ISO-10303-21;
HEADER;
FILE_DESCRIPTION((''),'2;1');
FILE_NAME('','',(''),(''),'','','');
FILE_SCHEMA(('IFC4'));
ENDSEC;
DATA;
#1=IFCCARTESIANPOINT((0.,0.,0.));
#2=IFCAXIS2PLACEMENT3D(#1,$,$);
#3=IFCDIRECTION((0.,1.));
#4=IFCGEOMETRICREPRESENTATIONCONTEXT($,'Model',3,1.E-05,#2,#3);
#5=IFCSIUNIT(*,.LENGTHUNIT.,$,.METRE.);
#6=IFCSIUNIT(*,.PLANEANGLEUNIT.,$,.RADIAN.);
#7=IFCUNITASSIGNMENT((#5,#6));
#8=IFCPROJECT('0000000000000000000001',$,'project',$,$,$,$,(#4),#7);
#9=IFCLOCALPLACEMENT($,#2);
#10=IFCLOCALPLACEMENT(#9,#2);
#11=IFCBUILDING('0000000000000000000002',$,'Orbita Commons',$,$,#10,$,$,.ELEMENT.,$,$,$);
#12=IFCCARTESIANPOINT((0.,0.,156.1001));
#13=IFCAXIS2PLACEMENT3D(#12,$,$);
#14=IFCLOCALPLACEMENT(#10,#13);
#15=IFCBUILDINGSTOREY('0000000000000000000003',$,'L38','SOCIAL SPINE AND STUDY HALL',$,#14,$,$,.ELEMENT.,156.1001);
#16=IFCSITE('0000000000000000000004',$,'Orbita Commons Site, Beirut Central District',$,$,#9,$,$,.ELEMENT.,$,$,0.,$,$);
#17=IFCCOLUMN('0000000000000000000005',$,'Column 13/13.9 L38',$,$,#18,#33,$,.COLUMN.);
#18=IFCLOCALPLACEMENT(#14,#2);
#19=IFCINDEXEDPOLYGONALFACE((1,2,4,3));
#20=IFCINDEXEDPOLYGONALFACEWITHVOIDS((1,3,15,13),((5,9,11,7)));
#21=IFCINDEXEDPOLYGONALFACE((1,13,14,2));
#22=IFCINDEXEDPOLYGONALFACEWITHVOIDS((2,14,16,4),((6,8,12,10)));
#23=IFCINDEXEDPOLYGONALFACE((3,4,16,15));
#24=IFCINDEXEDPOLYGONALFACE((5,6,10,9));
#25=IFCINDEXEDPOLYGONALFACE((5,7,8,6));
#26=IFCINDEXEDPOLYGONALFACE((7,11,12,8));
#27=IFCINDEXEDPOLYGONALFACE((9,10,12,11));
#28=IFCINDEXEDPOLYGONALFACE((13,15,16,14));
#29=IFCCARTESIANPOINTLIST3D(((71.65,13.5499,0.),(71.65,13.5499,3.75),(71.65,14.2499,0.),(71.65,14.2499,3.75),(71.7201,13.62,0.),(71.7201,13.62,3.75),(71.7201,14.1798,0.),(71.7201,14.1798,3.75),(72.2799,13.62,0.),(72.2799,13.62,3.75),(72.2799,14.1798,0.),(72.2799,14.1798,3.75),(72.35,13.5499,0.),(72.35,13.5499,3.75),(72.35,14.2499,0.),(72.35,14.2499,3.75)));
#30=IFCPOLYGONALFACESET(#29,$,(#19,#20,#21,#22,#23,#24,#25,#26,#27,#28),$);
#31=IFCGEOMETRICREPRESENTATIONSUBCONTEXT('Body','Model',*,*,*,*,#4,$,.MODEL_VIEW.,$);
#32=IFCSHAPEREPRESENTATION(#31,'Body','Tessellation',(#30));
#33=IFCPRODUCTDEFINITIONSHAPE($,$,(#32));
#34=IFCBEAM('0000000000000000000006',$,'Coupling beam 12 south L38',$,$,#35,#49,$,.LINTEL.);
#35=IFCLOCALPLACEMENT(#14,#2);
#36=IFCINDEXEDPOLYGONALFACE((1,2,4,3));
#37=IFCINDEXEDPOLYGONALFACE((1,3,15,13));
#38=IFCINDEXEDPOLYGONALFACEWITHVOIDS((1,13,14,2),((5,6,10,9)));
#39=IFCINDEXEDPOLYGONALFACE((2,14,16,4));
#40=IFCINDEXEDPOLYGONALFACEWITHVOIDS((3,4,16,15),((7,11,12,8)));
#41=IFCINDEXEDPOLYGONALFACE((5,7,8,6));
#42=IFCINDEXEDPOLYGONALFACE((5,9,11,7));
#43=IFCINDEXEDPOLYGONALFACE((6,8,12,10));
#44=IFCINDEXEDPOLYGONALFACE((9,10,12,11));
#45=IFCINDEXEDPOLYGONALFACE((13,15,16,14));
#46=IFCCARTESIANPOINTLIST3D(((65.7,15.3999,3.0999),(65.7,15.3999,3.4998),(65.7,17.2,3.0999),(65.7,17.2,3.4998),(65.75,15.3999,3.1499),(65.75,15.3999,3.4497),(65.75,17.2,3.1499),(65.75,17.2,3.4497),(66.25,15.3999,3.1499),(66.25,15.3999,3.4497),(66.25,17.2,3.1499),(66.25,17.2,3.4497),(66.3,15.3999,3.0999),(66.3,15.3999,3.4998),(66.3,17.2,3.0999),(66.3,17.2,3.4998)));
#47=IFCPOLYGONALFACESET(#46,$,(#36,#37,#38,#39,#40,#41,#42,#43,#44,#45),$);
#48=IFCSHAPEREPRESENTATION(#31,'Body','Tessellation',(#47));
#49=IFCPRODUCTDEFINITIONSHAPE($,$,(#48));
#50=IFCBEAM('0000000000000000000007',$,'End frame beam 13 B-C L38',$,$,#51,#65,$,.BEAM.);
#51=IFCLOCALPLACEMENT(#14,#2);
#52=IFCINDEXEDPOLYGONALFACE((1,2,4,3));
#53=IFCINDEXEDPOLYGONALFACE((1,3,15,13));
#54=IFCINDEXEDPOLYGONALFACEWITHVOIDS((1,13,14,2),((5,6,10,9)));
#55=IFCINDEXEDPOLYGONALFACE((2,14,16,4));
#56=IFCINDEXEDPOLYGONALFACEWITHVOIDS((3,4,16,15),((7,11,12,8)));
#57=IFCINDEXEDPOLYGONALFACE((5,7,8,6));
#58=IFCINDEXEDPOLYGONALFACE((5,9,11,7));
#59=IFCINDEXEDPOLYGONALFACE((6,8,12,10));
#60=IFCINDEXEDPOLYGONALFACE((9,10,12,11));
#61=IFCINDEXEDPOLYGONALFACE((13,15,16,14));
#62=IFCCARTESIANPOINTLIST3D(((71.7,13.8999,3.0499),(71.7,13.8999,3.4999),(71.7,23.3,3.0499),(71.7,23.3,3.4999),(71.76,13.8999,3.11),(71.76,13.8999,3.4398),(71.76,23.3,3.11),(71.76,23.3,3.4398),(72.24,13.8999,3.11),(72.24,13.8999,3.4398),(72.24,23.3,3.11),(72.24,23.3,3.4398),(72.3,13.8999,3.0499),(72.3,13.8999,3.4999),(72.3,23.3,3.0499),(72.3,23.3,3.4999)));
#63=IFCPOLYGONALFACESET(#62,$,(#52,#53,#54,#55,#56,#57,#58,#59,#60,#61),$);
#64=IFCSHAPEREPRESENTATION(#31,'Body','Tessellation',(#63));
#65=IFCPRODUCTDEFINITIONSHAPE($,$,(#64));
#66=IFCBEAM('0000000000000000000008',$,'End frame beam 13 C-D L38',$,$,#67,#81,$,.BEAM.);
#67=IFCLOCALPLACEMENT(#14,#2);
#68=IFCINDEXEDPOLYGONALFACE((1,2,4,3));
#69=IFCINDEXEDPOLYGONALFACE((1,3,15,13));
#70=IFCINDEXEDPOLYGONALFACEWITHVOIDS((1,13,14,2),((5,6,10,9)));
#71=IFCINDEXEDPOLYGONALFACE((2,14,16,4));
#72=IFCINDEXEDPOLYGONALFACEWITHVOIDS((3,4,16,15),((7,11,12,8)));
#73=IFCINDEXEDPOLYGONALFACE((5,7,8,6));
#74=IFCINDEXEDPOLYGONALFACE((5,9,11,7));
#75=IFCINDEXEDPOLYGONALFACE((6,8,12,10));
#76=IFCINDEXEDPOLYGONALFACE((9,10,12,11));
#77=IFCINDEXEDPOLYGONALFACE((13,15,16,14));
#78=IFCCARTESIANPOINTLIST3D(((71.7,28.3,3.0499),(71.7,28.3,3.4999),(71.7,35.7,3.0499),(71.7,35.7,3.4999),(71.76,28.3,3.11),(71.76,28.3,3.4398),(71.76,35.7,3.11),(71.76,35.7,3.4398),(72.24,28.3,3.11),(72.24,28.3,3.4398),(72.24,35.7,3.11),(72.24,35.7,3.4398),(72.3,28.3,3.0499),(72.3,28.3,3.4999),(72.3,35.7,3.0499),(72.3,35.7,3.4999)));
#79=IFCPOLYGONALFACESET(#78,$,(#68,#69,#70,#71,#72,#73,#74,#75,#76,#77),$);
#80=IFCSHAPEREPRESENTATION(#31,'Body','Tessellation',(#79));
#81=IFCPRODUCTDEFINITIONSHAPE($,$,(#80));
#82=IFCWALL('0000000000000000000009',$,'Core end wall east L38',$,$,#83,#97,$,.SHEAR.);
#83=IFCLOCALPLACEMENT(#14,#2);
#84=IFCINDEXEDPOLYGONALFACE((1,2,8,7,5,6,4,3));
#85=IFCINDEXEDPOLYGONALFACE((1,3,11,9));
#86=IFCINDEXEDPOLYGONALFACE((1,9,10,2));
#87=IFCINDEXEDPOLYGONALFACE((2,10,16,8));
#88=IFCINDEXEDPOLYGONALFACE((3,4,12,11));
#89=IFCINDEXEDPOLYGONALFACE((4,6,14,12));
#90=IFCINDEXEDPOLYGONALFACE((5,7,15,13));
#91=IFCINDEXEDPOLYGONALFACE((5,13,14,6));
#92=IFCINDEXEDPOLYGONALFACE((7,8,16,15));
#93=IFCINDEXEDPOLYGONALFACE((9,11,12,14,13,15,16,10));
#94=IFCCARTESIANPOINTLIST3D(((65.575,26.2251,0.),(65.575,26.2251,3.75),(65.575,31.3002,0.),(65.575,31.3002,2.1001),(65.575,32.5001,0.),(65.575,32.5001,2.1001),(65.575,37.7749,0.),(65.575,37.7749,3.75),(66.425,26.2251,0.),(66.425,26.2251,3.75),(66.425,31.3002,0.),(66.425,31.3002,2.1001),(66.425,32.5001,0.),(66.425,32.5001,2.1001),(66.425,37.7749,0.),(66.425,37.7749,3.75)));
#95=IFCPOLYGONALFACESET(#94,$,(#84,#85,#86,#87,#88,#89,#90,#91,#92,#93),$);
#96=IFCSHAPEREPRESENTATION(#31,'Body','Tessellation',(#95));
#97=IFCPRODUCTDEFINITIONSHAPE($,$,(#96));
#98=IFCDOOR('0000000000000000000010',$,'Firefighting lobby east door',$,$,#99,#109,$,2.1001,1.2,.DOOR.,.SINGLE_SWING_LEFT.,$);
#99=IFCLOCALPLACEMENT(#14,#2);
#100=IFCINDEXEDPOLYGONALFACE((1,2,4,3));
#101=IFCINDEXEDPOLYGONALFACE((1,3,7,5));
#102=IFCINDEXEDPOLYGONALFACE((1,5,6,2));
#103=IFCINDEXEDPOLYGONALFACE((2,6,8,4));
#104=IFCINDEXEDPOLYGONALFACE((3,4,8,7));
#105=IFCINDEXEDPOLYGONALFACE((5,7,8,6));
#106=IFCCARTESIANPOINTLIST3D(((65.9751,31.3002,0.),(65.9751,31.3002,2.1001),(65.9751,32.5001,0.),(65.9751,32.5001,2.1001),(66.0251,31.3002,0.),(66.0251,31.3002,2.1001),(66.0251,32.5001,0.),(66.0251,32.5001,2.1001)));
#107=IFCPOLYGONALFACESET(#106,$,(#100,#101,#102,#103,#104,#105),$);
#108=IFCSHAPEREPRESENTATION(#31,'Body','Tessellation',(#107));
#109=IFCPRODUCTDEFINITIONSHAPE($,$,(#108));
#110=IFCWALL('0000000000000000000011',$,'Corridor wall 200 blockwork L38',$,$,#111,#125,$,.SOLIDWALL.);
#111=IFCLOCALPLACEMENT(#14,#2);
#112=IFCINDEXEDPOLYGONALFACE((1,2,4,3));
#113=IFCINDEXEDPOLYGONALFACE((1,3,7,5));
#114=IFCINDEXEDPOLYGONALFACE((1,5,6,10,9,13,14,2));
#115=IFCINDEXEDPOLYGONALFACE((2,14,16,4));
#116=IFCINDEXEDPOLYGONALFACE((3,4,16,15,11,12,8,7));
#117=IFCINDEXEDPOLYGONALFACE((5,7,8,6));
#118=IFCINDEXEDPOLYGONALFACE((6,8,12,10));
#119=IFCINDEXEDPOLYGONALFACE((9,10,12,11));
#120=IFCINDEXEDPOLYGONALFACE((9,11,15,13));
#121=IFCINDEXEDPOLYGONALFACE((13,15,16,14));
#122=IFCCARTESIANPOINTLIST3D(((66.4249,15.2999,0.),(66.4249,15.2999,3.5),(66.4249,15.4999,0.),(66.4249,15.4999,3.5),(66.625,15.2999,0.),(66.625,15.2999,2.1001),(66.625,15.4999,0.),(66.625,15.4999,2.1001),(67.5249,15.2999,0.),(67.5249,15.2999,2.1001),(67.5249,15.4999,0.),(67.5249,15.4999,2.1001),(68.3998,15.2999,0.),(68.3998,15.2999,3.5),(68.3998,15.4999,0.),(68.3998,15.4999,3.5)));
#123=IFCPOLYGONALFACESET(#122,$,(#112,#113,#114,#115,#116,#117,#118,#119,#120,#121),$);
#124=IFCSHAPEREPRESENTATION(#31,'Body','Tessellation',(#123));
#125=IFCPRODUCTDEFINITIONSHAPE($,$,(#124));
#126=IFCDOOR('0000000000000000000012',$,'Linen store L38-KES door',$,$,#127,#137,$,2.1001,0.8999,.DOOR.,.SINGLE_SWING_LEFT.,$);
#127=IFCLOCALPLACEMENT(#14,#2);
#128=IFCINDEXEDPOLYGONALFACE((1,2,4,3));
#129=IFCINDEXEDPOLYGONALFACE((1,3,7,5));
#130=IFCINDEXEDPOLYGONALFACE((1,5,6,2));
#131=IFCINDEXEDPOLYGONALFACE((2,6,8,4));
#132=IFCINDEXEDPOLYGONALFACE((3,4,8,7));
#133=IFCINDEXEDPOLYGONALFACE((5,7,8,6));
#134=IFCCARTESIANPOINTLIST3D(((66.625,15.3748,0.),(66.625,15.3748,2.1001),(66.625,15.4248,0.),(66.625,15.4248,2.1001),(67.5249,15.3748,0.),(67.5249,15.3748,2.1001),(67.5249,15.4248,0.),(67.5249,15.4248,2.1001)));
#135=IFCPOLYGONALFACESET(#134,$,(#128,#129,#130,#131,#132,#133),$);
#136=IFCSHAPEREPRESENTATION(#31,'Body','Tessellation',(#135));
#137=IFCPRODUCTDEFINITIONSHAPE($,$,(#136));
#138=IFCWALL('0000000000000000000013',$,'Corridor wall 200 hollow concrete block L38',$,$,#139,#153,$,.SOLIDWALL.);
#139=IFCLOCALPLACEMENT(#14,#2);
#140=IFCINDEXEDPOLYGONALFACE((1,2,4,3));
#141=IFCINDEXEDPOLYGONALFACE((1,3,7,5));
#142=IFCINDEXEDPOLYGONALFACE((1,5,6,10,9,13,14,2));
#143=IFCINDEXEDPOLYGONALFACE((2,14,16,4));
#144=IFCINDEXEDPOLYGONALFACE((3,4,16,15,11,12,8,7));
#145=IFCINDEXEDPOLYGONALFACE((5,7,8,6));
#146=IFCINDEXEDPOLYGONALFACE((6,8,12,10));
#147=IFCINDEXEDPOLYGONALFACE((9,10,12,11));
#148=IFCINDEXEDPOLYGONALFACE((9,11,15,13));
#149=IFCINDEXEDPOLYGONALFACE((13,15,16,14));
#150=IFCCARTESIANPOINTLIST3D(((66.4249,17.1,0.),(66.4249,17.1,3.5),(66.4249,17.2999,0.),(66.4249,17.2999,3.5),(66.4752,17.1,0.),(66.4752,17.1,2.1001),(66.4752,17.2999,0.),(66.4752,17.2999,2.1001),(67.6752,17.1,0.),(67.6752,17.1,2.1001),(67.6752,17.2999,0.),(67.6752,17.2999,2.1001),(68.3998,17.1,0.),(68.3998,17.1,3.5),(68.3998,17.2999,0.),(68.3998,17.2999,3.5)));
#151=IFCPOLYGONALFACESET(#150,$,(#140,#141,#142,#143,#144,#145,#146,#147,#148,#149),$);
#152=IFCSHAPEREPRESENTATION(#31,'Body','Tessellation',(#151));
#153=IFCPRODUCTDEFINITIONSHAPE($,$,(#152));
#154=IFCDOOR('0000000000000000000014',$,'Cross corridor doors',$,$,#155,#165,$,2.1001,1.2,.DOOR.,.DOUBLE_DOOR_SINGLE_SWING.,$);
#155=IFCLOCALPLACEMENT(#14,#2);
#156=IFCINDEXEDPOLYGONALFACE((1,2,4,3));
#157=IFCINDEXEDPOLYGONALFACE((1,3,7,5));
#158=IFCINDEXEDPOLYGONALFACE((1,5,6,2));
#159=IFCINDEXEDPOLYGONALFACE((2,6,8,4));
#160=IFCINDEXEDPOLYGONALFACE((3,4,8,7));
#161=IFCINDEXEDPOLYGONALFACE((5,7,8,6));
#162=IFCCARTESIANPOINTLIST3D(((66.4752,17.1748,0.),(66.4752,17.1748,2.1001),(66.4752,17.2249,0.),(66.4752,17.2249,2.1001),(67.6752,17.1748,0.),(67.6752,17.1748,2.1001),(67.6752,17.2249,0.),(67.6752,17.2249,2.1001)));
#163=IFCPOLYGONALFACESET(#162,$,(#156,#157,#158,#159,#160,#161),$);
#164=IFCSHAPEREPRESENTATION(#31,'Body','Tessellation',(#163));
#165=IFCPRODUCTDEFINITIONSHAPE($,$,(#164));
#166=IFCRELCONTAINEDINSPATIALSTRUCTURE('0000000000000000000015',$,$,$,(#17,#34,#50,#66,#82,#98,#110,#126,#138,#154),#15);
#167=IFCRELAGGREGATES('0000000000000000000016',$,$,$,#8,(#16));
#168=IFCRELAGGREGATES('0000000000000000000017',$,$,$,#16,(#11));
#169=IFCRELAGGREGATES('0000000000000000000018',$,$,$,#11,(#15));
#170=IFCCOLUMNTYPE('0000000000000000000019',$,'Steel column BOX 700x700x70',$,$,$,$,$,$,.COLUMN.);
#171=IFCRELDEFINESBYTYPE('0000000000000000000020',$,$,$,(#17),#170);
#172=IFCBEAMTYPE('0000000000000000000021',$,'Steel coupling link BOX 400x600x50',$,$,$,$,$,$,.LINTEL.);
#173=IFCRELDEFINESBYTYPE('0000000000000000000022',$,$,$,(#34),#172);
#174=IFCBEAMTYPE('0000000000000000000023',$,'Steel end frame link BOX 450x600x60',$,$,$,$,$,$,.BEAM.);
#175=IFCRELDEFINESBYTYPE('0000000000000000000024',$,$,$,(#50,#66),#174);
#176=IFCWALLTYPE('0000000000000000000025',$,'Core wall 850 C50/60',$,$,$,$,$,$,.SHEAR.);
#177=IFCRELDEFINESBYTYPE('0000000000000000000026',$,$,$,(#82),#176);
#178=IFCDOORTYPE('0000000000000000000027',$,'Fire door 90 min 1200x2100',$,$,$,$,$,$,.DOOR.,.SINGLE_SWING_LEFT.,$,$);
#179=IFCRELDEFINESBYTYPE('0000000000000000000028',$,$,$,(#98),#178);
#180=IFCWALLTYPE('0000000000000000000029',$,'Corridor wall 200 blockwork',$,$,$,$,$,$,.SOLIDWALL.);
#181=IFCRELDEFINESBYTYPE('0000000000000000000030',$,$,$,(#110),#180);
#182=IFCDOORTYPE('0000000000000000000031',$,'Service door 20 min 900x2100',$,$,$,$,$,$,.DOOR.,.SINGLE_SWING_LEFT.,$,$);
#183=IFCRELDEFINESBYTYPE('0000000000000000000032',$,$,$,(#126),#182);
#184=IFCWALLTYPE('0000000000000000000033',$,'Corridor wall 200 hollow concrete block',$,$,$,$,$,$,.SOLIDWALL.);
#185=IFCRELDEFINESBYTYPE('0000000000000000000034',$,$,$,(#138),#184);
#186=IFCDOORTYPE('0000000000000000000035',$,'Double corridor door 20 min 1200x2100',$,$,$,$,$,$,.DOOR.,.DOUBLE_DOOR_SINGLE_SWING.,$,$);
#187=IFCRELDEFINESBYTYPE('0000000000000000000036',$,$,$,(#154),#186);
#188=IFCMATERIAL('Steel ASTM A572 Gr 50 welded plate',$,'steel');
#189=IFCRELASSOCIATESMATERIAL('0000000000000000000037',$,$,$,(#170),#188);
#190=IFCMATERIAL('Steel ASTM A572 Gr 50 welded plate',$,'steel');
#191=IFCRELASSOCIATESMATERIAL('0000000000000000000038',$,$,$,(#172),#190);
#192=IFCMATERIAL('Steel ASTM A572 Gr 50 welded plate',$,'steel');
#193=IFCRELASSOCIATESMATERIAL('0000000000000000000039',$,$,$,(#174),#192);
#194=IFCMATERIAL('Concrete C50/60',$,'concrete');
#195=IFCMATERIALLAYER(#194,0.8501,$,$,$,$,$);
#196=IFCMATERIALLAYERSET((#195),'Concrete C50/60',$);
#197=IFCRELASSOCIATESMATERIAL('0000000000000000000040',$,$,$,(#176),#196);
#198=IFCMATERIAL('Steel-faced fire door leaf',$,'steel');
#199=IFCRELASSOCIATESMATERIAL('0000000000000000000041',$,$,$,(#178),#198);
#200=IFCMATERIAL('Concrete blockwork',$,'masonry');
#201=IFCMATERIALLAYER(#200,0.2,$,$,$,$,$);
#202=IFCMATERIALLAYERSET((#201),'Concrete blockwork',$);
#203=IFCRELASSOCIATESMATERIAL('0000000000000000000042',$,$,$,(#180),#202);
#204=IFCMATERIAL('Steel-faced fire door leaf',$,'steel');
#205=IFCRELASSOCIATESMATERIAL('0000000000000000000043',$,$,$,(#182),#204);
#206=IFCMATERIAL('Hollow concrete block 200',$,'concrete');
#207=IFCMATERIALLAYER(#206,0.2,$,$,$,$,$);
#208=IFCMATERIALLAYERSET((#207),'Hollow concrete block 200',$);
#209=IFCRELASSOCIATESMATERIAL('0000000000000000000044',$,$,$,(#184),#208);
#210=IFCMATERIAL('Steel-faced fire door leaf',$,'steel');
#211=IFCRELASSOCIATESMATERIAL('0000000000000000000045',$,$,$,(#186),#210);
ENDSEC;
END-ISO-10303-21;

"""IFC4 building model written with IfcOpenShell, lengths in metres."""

from ifc_helpers import new_model, si_unit, direction, frame, frame_2d, origin, origin_2d, place, context, subcontext, project, spatial, rectangle, hollow_rectangle, extrude, material, layer, layer_set, material_profile, profile_set, type_object, element, fill, save


model = new_model("IFC4")

# Units and contexts
model_context = context("Model", 3, precision=1e-05, world=origin(), true_north=direction((0.0, 1.0)))
body_context = subcontext(model_context, "Body", "Model", "MODEL_VIEW")
ifc_project = project(units=[si_unit("LENGTHUNIT", "METRE"), si_unit("PLANEANGLEUNIT", "RADIAN")], contexts=[model_context])

# Site, building, storey
site_placement = place(None, origin())
site = spatial("IfcSite", under=ifc_project, at=site_placement, Name="Orbita Commons Site, Beirut Central District", CompositionType="ELEMENT", RefElevation=0.0)
building_placement = place(site_placement, origin())
building = spatial("IfcBuilding", under=site, at=building_placement, Name="Orbita Commons", CompositionType="ELEMENT")
storey_placement = place(building_placement, frame((0.0, 0.0, 156.1001)))
storey = spatial("IfcBuildingStorey", under=building, at=storey_placement, Name="L38", Description="SOCIAL SPINE AND STUDY HALL", CompositionType="ELEMENT", Elevation=156.1001)

# Column
ifc_material_1 = material(Name="Steel ASTM A572 Gr 50 welded plate", Category="steel")
ifc_material_profile_1 = material_profile(ifc_material_1, hollow_rectangle(XDim=0.7, YDim=0.7, WallThickness=0.0701, at=origin_2d()), Name="BOX 700x700x70")
ifc_profile_set_1 = profile_set([ifc_material_profile_1], Name="Steel ASTM A572 Gr 50 welded plate")
column_type = type_object("IfcColumnType", Name="Steel column BOX 700x700x70", PredefinedType="COLUMN", material=ifc_profile_set_1)
column_placement = place(storey_placement, frame((72.0, 13.8999, 0.0), z_axis=(0.0, 0.0, 1.0), x_axis=(1.0, 0.0, 0.0)))
element("IfcColumn", 1, at=column_placement, inside=storey, type_object=column_type, Name="Column 13/13.9 L38", PredefinedType="COLUMN", context=body_context, shape_type="SweptSolid", body=[
    extrude(hollow_rectangle(XDim=0.7, YDim=0.7, WallThickness=0.0701, at=origin_2d()), origin(), (0.0, 0.0, 1.0), 3.75),
])

# Beams
ifc_material_2 = material(Name="Steel ASTM A572 Gr 50 welded plate", Category="steel")
ifc_material_profile_2 = material_profile(ifc_material_2, hollow_rectangle(XDim=0.6001, YDim=0.3999, WallThickness=0.05, at=origin_2d()), Name="BOX 400x600x50")
ifc_profile_set_2 = profile_set([ifc_material_profile_2], Name="Steel ASTM A572 Gr 50 welded plate")
beam_type_1 = type_object("IfcBeamType", Name="Steel coupling link BOX 400x600x50", PredefinedType="LINTEL", material=ifc_profile_set_2)
beam_1_placement = place(storey_placement, frame((66.0, 15.3999, 3.2998), z_axis=(0.0, 1.0, 0.0), x_axis=(-1.0, 0.0, 0.0)))
element("IfcBeam", 2, at=beam_1_placement, inside=storey, type_object=beam_type_1, Name="Coupling beam 12 south L38", PredefinedType="LINTEL", context=body_context, shape_type="SweptSolid", body=[
    extrude(hollow_rectangle(XDim=0.6001, YDim=0.3999, WallThickness=0.05, at=origin_2d()), origin(), (0.0, 0.0, 1.0), 1.8),
])
ifc_material_3 = material(Name="Steel ASTM A572 Gr 50 welded plate", Category="steel")
ifc_material_profile_3 = material_profile(ifc_material_3, hollow_rectangle(XDim=0.6001, YDim=0.45, WallThickness=0.0601, at=origin_2d()), Name="BOX 450x600x60")
ifc_profile_set_3 = profile_set([ifc_material_profile_3], Name="Steel ASTM A572 Gr 50 welded plate")
beam_type_2 = type_object("IfcBeamType", Name="Steel end frame link BOX 450x600x60", PredefinedType="BEAM", material=ifc_profile_set_3)
beam_2_placement = place(storey_placement, frame((72.0, 13.8999, 3.2749), z_axis=(0.0, 1.0, 0.0), x_axis=(-1.0, 0.0, 0.0)))
element("IfcBeam", 3, at=beam_2_placement, inside=storey, type_object=beam_type_2, Name="End frame beam 13 B-C L38", PredefinedType="BEAM", context=body_context, shape_type="SweptSolid", body=[
    extrude(hollow_rectangle(XDim=0.6001, YDim=0.45, WallThickness=0.0601, at=origin_2d()), origin(), (0.0, 0.0, 1.0), 9.4001),
])
beam_3_placement = place(storey_placement, frame((72.0, 28.3, 3.2749), z_axis=(0.0, 1.0, 0.0), x_axis=(-1.0, 0.0, 0.0)))
element("IfcBeam", 4, at=beam_3_placement, inside=storey, type_object=beam_type_2, Name="End frame beam 13 C-D L38", PredefinedType="BEAM", context=body_context, shape_type="SweptSolid", body=[
    extrude(hollow_rectangle(XDim=0.6001, YDim=0.45, WallThickness=0.0601, at=origin_2d()), origin(), (0.0, 0.0, 1.0), 7.3999),
])

# Walls, openings, doors
ifc_material_4 = material(Name="Concrete C50/60", Category="concrete")
ifc_layer_1 = layer(ifc_material_4, 0.8501)
ifc_layer_set_1 = layer_set([ifc_layer_1], Name="Concrete C50/60")
wall_type_1 = type_object("IfcWallType", Name="Core wall 850 C50/60", PredefinedType="SHEAR", material=ifc_layer_set_1)
wall_1_placement = place(storey_placement, frame((66.0, 26.2251, 0.0), z_axis=(0.0, 0.0, 1.0), x_axis=(0.0, 1.0, 0.0)))
wall_1 = element("IfcWall", 5, at=wall_1_placement, inside=storey, type_object=wall_type_1, Name="Core end wall east L38", PredefinedType="SHEAR", context=body_context, shape_type="SweptSolid", body=[
    extrude(rectangle(XDim=11.5498, YDim=0.8501, at=frame_2d((5.7749, 0.0))), origin(), (0.0, 0.0, 1.0), 3.75),
])
opening_1_placement = place(wall_1_placement, frame((5.075, 0.0, 0.0)))
opening_1 = element("IfcOpeningElement", 6, at=opening_1_placement, cuts=wall_1, PredefinedType="OPENING", context=body_context, shape_type="SweptSolid", body=[
    extrude(rectangle(XDim=1.2, YDim=2.1001, at=frame_2d((0.6001, 1.05))), frame((0.0, 0.4351, 0.0), z_axis=(0.0, -1.0, 0.0), x_axis=(1.0, 0.0, 0.0)), (0.0, 0.0, 1.0), 0.8701),
])
ifc_material_5 = material(Name="Steel-faced fire door leaf", Category="steel")
door_type_1 = type_object("IfcDoorType", Name="Fire door 90 min 1200x2100", OperationType="SINGLE_SWING_LEFT", PredefinedType="DOOR", material=ifc_material_5)
door_1_placement = place(opening_1_placement, origin())
door_1 = element("IfcDoor", 7, at=door_1_placement, inside=storey, type_object=door_type_1, Name="Firefighting lobby east door", OperationType="SINGLE_SWING_LEFT", OverallHeight=2.1001, OverallWidth=1.2, PredefinedType="DOOR", context=body_context, shape_type="SweptSolid", body=[
    extrude(rectangle(XDim=1.2, YDim=2.1001, at=frame_2d((0.6001, 1.05))), frame((0.0, 0.0249, 0.0), z_axis=(0.0, -1.0, 0.0), x_axis=(1.0, 0.0, 0.0)), (0.0, 0.0, 1.0), 0.05),
])
fill(opening_1, door_1)
ifc_material_6 = material(Name="Concrete blockwork", Category="masonry")
ifc_layer_2 = layer(ifc_material_6, 0.2)
ifc_layer_set_2 = layer_set([ifc_layer_2], Name="Concrete blockwork")
wall_type_2 = type_object("IfcWallType", Name="Corridor wall 200 blockwork", PredefinedType="SOLIDWALL", material=ifc_layer_set_2)
wall_2_placement = place(storey_placement, frame((66.425, 15.3999, 0.0), z_axis=(0.0, 0.0, 1.0), x_axis=(1.0, 0.0, 0.0)))
wall_2 = element("IfcWall", 8, at=wall_2_placement, inside=storey, type_object=wall_type_2, Name="Corridor wall 200 blockwork L38", PredefinedType="SOLIDWALL", context=body_context, shape_type="SweptSolid", body=[
    extrude(rectangle(XDim=1.9749, YDim=0.2, at=frame_2d((0.9873, 0.0))), origin(), (0.0, 0.0, 1.0), 3.5),
])
opening_2_placement = place(wall_2_placement, frame((0.2, 0.0, 0.0)))
opening_2 = element("IfcOpeningElement", 9, at=opening_2_placement, cuts=wall_2, PredefinedType="OPENING", context=body_context, shape_type="SweptSolid", body=[
    extrude(rectangle(XDim=0.8999, YDim=2.1001, at=frame_2d((0.45, 1.05))), frame((0.0, 0.1099, 0.0), z_axis=(0.0, -1.0, 0.0), x_axis=(1.0, 0.0, 0.0)), (0.0, 0.0, 1.0), 0.22),
])
ifc_material_7 = material(Name="Steel-faced fire door leaf", Category="steel")
door_type_2 = type_object("IfcDoorType", Name="Service door 20 min 900x2100", OperationType="SINGLE_SWING_LEFT", PredefinedType="DOOR", material=ifc_material_7)
door_2_placement = place(opening_2_placement, origin())
door_2 = element("IfcDoor", 10, at=door_2_placement, inside=storey, type_object=door_type_2, Name="Linen store L38-KES door", OperationType="SINGLE_SWING_LEFT", OverallHeight=2.1001, OverallWidth=0.8999, PredefinedType="DOOR", context=body_context, shape_type="SweptSolid", body=[
    extrude(rectangle(XDim=0.8999, YDim=2.1001, at=frame_2d((0.45, 1.05))), frame((0.0, 0.0249, 0.0), z_axis=(0.0, -1.0, 0.0), x_axis=(1.0, 0.0, 0.0)), (0.0, 0.0, 1.0), 0.05),
])
fill(opening_2, door_2)
ifc_material_8 = material(Name="Hollow concrete block 200", Category="concrete")
ifc_layer_3 = layer(ifc_material_8, 0.2)
ifc_layer_set_3 = layer_set([ifc_layer_3], Name="Hollow concrete block 200")
wall_type_3 = type_object("IfcWallType", Name="Corridor wall 200 hollow concrete block", PredefinedType="SOLIDWALL", material=ifc_layer_set_3)
wall_3_placement = place(storey_placement, frame((66.425, 17.2, 0.0), z_axis=(0.0, 0.0, 1.0), x_axis=(1.0, 0.0, 0.0)))
wall_3 = element("IfcWall", 11, at=wall_3_placement, inside=storey, type_object=wall_type_3, Name="Corridor wall 200 hollow concrete block L38", PredefinedType="SOLIDWALL", context=body_context, shape_type="SweptSolid", body=[
    extrude(rectangle(XDim=1.9749, YDim=0.2, at=frame_2d((0.9873, 0.0))), origin(), (0.0, 0.0, 1.0), 3.5),
])
opening_3_placement = place(wall_3_placement, frame((0.05, 0.0, 0.0)))
opening_3 = element("IfcOpeningElement", 12, at=opening_3_placement, cuts=wall_3, PredefinedType="OPENING", context=body_context, shape_type="SweptSolid", body=[
    extrude(rectangle(XDim=1.2, YDim=2.1001, at=frame_2d((0.6001, 1.05))), frame((0.0, 0.1099, 0.0), z_axis=(0.0, -1.0, 0.0), x_axis=(1.0, 0.0, 0.0)), (0.0, 0.0, 1.0), 0.22),
])
ifc_material_9 = material(Name="Steel-faced fire door leaf", Category="steel")
door_type_3 = type_object("IfcDoorType", Name="Double corridor door 20 min 1200x2100", OperationType="DOUBLE_DOOR_SINGLE_SWING", PredefinedType="DOOR", material=ifc_material_9)
door_3_placement = place(opening_3_placement, origin())
door_3 = element("IfcDoor", 13, at=door_3_placement, inside=storey, type_object=door_type_3, Name="Cross corridor doors", OperationType="DOUBLE_DOOR_SINGLE_SWING", OverallHeight=2.1001, OverallWidth=1.2, PredefinedType="DOOR", context=body_context, shape_type="SweptSolid", body=[
    extrude(rectangle(XDim=1.2, YDim=2.1001, at=frame_2d((0.6001, 1.05))), frame((0.0, 0.0249, 0.0), z_axis=(0.0, -1.0, 0.0), x_axis=(1.0, 0.0, 0.0)), (0.0, 0.0, 1.0), 0.05),
])
fill(opening_3, door_3)

save(model, "model.ifc")
